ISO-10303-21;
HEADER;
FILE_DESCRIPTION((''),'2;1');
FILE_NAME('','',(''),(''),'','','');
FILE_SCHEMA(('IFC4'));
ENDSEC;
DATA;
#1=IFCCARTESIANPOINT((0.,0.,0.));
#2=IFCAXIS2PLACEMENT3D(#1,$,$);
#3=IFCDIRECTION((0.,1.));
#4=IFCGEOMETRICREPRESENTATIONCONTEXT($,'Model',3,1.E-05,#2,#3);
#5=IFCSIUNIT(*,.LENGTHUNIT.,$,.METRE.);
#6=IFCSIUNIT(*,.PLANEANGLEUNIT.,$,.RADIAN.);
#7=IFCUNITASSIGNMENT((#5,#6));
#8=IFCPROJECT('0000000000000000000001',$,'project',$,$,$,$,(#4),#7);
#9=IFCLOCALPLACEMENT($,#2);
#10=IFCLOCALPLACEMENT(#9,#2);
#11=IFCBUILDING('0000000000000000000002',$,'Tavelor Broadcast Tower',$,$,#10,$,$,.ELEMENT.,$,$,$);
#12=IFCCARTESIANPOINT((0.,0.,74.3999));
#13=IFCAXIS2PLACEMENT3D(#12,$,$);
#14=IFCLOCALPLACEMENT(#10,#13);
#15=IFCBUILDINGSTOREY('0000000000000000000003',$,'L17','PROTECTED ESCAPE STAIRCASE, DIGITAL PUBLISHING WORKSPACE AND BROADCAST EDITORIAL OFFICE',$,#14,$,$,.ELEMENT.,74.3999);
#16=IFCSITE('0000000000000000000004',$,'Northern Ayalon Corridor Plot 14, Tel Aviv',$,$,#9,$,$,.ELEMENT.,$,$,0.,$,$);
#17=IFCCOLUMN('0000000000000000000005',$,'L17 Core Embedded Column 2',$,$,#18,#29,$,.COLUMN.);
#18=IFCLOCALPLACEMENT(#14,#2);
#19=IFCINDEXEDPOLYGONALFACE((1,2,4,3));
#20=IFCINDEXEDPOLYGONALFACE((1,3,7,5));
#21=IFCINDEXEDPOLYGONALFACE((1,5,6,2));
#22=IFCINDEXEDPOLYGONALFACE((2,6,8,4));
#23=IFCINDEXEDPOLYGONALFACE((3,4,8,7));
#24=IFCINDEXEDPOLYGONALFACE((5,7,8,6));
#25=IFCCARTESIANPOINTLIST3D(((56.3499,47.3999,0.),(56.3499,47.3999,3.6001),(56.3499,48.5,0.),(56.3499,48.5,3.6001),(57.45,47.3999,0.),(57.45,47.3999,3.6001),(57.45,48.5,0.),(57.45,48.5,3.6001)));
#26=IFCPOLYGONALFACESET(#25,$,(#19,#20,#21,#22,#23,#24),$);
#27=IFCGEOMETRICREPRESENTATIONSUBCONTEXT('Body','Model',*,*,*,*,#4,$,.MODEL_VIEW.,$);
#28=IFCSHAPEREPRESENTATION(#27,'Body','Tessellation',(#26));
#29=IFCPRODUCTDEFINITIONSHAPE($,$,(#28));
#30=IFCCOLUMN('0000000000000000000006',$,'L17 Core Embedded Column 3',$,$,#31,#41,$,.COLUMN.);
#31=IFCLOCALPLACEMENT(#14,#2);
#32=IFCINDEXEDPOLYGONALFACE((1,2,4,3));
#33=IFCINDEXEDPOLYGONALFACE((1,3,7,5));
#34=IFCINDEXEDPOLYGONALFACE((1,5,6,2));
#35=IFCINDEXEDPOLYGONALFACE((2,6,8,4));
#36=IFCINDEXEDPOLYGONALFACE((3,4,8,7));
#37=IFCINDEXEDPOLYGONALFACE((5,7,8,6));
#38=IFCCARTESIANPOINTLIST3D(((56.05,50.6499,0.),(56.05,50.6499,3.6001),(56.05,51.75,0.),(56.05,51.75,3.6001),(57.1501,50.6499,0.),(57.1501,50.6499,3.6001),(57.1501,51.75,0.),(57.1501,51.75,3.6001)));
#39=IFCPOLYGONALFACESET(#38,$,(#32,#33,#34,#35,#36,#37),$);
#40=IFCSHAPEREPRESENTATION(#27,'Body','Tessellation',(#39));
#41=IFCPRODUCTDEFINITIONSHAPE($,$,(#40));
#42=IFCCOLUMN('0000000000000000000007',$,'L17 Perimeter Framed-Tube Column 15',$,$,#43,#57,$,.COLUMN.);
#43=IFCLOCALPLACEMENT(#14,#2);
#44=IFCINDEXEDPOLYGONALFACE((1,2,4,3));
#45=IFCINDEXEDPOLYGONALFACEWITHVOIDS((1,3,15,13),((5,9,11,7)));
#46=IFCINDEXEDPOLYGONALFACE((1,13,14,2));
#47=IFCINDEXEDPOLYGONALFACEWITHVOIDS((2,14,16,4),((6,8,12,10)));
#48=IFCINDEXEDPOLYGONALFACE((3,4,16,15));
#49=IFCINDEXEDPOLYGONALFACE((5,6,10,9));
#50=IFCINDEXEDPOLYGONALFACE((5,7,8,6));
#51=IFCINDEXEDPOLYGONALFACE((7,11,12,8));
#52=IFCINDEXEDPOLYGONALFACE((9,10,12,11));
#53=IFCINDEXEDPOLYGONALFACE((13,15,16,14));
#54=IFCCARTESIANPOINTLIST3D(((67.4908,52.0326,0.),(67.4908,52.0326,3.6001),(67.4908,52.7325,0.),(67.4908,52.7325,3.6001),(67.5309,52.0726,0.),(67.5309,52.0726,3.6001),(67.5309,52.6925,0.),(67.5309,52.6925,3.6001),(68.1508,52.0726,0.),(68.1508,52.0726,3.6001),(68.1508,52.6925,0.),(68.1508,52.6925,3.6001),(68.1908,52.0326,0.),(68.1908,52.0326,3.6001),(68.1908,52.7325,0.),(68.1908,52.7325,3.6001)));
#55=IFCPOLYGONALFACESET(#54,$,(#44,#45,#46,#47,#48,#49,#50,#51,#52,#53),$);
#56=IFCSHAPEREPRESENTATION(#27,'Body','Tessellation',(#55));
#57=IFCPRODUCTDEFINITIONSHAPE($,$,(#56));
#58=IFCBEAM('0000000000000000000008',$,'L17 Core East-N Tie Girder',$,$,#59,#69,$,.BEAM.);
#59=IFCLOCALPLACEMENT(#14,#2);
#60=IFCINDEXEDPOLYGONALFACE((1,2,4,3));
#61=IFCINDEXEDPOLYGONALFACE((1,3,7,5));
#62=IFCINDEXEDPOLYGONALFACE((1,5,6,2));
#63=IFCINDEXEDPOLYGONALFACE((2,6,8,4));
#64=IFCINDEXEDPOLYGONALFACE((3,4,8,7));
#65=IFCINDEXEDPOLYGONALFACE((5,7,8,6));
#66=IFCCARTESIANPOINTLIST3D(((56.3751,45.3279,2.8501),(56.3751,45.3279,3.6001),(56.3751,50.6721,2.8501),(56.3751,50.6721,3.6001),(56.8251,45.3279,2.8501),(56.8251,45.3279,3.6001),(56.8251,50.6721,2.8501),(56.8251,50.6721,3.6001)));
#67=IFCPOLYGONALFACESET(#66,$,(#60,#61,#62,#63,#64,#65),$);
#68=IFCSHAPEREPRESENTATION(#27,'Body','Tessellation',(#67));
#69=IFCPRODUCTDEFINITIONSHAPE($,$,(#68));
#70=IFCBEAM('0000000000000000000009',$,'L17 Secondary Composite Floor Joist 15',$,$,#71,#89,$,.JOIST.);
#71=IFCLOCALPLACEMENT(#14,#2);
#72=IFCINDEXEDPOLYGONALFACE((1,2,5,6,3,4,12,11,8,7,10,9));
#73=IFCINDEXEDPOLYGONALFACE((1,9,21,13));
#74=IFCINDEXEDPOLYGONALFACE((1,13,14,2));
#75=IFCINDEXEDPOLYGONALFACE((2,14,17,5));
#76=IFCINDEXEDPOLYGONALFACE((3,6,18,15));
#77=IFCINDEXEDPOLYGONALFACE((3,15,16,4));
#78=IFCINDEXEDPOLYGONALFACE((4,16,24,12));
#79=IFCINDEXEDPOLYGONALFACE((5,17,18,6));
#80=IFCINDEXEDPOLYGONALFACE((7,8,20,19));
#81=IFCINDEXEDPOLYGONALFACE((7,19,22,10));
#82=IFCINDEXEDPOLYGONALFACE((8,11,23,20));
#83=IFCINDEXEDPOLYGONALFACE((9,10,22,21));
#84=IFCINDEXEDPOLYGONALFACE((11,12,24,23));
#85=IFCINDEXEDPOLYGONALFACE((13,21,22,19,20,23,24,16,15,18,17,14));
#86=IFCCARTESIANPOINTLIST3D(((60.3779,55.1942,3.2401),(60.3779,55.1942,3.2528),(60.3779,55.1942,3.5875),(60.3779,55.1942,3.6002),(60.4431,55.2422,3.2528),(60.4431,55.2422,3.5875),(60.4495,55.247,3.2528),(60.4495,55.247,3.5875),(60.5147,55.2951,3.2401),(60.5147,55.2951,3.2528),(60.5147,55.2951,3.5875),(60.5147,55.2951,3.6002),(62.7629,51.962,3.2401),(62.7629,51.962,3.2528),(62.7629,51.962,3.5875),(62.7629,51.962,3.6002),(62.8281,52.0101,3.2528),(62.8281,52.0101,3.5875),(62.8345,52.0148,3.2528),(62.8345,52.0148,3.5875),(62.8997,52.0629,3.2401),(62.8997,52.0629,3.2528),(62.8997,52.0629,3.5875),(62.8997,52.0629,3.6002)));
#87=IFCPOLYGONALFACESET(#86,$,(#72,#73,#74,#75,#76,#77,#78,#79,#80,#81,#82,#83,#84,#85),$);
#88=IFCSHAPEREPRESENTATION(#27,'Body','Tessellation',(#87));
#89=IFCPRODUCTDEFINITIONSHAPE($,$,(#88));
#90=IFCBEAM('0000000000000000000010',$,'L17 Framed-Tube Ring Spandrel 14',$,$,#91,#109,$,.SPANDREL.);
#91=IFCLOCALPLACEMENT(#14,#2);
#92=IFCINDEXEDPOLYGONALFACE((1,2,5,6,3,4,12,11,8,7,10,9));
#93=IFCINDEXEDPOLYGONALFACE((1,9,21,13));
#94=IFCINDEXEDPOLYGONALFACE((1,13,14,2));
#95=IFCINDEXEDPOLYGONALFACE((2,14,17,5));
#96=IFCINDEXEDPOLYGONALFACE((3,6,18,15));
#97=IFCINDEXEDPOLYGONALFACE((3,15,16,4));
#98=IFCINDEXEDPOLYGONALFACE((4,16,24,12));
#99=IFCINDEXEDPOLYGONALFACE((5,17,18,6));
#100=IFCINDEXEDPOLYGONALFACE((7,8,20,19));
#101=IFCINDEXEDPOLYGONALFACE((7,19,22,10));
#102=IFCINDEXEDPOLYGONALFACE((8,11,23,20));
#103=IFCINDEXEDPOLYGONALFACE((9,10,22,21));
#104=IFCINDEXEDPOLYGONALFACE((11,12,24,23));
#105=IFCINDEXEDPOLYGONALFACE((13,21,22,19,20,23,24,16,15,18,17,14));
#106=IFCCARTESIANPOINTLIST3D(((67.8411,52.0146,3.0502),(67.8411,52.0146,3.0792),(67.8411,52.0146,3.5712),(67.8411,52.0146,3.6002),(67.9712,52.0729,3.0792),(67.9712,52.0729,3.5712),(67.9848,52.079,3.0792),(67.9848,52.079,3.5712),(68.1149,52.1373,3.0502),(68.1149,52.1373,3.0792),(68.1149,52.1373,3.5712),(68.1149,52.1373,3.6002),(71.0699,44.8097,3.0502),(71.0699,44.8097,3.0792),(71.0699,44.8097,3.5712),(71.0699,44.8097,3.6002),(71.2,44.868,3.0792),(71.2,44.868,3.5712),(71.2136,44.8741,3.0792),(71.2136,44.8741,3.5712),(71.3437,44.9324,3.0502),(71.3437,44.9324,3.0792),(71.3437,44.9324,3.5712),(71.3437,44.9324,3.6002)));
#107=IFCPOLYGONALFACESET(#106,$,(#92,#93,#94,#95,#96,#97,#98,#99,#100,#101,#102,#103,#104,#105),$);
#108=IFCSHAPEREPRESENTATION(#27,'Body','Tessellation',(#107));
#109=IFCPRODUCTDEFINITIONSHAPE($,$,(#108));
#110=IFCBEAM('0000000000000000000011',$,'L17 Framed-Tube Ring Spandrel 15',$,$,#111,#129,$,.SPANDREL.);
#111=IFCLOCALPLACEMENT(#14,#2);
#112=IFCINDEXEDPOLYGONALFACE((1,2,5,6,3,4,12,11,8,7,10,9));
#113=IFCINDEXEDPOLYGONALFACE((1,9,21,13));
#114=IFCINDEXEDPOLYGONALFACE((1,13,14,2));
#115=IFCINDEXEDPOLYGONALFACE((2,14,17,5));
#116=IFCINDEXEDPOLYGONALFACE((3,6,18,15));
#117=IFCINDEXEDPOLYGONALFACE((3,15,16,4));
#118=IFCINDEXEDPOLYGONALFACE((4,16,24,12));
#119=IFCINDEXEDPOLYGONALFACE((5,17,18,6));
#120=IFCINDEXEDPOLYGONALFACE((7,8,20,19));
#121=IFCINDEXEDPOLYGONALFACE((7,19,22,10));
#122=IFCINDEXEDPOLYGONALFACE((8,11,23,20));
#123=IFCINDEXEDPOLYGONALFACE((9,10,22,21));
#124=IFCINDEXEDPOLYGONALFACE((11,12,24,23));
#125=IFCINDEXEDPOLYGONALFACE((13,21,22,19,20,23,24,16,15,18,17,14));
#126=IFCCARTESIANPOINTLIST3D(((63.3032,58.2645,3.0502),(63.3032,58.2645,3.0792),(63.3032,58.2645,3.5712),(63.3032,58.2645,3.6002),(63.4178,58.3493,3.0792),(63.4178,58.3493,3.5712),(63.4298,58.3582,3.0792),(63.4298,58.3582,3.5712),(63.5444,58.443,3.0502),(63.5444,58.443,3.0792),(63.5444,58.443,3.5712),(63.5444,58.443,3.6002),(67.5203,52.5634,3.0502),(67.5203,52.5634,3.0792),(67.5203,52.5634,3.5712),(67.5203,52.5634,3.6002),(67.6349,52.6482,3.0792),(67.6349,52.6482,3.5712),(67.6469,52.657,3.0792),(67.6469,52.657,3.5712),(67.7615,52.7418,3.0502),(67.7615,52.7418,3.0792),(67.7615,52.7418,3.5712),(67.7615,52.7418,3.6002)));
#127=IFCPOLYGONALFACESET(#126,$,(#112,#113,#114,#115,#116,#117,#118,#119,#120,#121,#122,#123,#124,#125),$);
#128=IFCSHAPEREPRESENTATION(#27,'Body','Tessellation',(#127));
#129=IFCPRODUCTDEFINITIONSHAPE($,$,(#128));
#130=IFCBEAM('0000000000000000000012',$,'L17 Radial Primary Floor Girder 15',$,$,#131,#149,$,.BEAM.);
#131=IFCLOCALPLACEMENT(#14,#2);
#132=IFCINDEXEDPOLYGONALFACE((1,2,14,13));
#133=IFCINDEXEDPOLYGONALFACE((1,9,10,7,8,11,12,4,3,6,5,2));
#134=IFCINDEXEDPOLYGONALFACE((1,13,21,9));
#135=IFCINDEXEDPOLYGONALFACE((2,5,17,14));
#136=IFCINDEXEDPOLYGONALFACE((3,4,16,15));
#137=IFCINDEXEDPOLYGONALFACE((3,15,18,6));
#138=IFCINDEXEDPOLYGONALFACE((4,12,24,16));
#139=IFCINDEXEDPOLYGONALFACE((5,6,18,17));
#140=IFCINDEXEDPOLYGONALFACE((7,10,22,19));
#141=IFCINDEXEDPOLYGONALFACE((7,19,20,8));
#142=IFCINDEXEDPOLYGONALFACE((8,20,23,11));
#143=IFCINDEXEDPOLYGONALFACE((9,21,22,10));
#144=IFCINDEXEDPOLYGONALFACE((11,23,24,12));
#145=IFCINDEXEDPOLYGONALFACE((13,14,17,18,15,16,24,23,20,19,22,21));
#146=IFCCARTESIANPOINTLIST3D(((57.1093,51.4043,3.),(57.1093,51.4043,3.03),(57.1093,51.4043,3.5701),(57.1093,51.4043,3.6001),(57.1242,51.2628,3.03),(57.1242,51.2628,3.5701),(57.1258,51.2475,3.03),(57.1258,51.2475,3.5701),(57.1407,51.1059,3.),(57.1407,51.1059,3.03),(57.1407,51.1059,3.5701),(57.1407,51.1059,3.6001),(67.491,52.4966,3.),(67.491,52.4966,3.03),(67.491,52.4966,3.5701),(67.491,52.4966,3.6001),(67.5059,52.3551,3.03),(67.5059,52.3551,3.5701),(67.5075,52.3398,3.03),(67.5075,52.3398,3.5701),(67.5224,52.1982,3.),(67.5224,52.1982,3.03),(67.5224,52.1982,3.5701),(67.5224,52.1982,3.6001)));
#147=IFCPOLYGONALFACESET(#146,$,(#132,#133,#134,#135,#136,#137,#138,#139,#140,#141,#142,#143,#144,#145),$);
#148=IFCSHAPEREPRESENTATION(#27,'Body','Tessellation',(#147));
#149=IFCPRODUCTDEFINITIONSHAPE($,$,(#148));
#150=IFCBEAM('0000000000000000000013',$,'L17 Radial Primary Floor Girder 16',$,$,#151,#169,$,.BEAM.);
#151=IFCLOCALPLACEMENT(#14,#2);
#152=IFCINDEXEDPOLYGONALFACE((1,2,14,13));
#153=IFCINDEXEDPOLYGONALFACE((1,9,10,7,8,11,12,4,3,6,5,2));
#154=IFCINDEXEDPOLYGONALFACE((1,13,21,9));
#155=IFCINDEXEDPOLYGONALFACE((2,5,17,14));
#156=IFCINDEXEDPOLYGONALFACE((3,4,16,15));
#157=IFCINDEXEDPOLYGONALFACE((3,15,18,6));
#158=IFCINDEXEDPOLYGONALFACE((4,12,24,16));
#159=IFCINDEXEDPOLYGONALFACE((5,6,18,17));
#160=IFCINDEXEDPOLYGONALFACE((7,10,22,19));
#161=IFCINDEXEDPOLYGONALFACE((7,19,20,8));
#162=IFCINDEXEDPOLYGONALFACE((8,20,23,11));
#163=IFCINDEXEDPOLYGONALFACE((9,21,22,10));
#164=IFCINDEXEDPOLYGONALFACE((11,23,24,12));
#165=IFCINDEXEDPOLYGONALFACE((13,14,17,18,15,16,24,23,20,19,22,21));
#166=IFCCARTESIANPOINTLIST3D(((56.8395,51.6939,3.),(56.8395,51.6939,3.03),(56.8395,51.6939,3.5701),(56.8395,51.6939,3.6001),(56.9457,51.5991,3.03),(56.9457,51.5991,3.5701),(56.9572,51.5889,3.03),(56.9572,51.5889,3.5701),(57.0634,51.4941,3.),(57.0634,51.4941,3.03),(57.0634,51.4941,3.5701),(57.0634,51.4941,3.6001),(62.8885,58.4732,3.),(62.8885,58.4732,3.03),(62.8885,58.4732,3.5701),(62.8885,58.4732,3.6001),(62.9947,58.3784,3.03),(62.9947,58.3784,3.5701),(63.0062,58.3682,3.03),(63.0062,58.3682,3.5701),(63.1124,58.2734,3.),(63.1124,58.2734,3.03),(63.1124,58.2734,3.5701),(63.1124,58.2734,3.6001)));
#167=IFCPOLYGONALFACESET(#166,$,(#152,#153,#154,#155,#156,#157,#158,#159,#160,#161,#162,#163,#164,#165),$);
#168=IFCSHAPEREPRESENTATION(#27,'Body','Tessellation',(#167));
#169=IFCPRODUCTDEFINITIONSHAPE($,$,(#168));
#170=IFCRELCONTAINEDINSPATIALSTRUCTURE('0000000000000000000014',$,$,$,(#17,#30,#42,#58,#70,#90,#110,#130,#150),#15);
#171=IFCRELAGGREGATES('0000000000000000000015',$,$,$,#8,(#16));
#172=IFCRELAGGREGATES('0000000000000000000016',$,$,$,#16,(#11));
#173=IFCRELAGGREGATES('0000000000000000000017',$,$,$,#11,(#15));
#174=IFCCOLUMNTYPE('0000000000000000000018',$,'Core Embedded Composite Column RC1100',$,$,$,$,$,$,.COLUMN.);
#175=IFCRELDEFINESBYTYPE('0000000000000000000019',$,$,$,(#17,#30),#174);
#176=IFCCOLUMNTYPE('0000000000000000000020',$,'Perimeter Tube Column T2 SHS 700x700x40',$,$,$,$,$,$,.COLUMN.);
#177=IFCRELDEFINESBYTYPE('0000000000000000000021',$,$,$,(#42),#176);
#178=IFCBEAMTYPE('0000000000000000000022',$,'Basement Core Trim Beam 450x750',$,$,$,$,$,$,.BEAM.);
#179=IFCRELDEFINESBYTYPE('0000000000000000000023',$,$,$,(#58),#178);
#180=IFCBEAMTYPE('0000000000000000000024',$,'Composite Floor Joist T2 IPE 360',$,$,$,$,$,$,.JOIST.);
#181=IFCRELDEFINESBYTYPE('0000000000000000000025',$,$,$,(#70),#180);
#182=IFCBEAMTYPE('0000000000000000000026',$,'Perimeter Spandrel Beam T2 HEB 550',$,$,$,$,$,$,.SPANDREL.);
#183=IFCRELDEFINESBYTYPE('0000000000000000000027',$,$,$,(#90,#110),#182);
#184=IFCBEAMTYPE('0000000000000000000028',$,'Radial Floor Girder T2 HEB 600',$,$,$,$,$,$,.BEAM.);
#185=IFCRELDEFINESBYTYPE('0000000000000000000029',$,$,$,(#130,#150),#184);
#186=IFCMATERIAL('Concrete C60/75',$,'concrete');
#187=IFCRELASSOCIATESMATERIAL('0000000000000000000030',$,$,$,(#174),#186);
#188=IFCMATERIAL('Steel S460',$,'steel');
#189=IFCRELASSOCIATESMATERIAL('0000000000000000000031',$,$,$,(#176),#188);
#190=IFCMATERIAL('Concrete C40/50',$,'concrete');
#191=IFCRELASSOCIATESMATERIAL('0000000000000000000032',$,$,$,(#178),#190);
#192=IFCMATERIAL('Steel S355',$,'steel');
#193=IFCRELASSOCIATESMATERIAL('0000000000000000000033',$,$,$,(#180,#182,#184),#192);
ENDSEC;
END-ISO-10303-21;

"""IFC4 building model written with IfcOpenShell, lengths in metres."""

from ifc_helpers import new_model, si_unit, direction, frame, origin, origin_2d, place, context, subcontext, project, spatial, rectangle, hollow_rectangle, i_section, extrude, material, material_profile, profile_set, type_object, element, save


model = new_model("IFC4")

# Units and contexts
model_context = context("Model", 3, precision=1e-05, world=origin(), true_north=direction((0.0, 1.0)))
body_context = subcontext(model_context, "Body", "Model", "MODEL_VIEW")
ifc_project = project(units=[si_unit("LENGTHUNIT", "METRE"), si_unit("PLANEANGLEUNIT", "RADIAN")], contexts=[model_context])

# Site, building, storey
site_placement = place(None, origin())
site = spatial("IfcSite", under=ifc_project, at=site_placement, Name="Northern Ayalon Corridor Plot 14, Tel Aviv", CompositionType="ELEMENT", RefElevation=0.0)
building_placement = place(site_placement, origin())
building = spatial("IfcBuilding", under=site, at=building_placement, Name="Tavelor Broadcast Tower", CompositionType="ELEMENT")
storey_placement = place(building_placement, frame((0.0, 0.0, 74.3999)))
storey = spatial("IfcBuildingStorey", under=building, at=storey_placement, Name="L17", Description="PROTECTED ESCAPE STAIRCASE, DIGITAL PUBLISHING WORKSPACE AND BROADCAST EDITORIAL OFFICE", CompositionType="ELEMENT", Elevation=74.3999)

# Columns
ifc_material_1 = material(Name="Concrete C60/75", Category="concrete")
ifc_material_profile_1 = material_profile(ifc_material_1, rectangle(XDim=1.1001, YDim=1.1001, at=origin_2d()), Name="RC 1100x1100")
ifc_profile_set_1 = profile_set([ifc_material_profile_1], Name="Concrete C60/75")
column_type_1 = type_object("IfcColumnType", Name="Core Embedded Composite Column RC1100", PredefinedType="COLUMN", material=ifc_profile_set_1)
for number, where, z_axis, x_axis, name in (
    (1, (56.8999, 47.95, 0.0), (0.0, 0.0, 1.0), (1.0, 0.0, 0.0), "L17 Core Embedded Column 2"),
    (2, (56.6001, 51.2, 0.0), (0.0, 0.0, 1.0), (1.0, 0.0, 0.0), "L17 Core Embedded Column 3"),
):
    element("IfcColumn", number, at=place(storey_placement, frame(where, z_axis=z_axis, x_axis=x_axis)), inside=storey, type_object=column_type_1, Name=name, PredefinedType="COLUMN", context=body_context, shape_type="SweptSolid", body=[
        extrude(rectangle(XDim=1.1001, YDim=1.1001, at=origin_2d()), origin(), (0.0, 0.0, 1.0), 3.6001),
    ])
ifc_material_2 = material(Name="Steel S460", Category="steel")
ifc_material_profile_2 = material_profile(ifc_material_2, hollow_rectangle(XDim=0.7, YDim=0.7, WallThickness=0.04, at=origin_2d()), Name="SHS 700x700x40")
ifc_profile_set_2 = profile_set([ifc_material_profile_2], Name="Steel S460")
column_type_2 = type_object("IfcColumnType", Name="Perimeter Tube Column T2 SHS 700x700x40", PredefinedType="COLUMN", material=ifc_profile_set_2)
column_placement = place(storey_placement, frame((67.8408, 52.3826, 0.0), z_axis=(0.0, 0.0, 1.0), x_axis=(1.0, 0.0, 0.0)))
element("IfcColumn", 3, at=column_placement, inside=storey, type_object=column_type_2, Name="L17 Perimeter Framed-Tube Column 15", PredefinedType="COLUMN", context=body_context, shape_type="SweptSolid", body=[
    extrude(hollow_rectangle(XDim=0.7, YDim=0.7, WallThickness=0.04, at=origin_2d()), origin(), (0.0, 0.0, 1.0), 3.6001),
])

# Beams
ifc_material_3 = material(Name="Concrete C40/50", Category="concrete")
ifc_material_profile_3 = material_profile(ifc_material_3, rectangle(XDim=0.45, YDim=0.75, at=origin_2d()), Name="RC 450x750")
ifc_profile_set_3 = profile_set([ifc_material_profile_3], Name="Concrete C40/50")
beam_type_1 = type_object("IfcBeamType", Name="Basement Core Trim Beam 450x750", PredefinedType="BEAM", material=ifc_profile_set_3)
beam_1_placement = place(storey_placement, frame((56.6001, 45.3279, 3.2251), z_axis=(0.0, 1.0, 0.0), x_axis=(-1.0, 0.0, 0.0)))
element("IfcBeam", 4, at=beam_1_placement, inside=storey, type_object=beam_type_1, Name="L17 Core East-N Tie Girder", PredefinedType="BEAM", context=body_context, shape_type="SweptSolid", body=[
    extrude(rectangle(XDim=0.45, YDim=0.75, at=origin_2d()), origin(), (0.0, 0.0, 1.0), 5.3442),
])
ifc_material_4 = material(Name="Steel S355", Category="steel")
ifc_material_profile_4 = material_profile(ifc_material_4, i_section(OverallWidth=0.1699, OverallDepth=0.3601, WebThickness=0.0081, FlangeThickness=0.0127, at=origin_2d()), Name="IPE 360")
ifc_profile_set_4 = profile_set([ifc_material_profile_4], Name="Steel S355")
beam_type_2 = type_object("IfcBeamType", Name="Composite Floor Joist T2 IPE 360", PredefinedType="JOIST", material=ifc_profile_set_4)
beam_2_placement = place(storey_placement, frame((62.8313, 52.0125, 3.4202), z_axis=(-0.593748, 0.804651, 0.0), x_axis=(-0.804651, -0.593748, 0.0)))
element("IfcBeam", 5, at=beam_2_placement, inside=storey, type_object=beam_type_2, Name="L17 Secondary Composite Floor Joist 15", PredefinedType="JOIST", context=body_context, shape_type="SweptSolid", body=[
    extrude(i_section(OverallWidth=0.1699, OverallDepth=0.3601, WebThickness=0.0081, FlangeThickness=0.0127, at=origin_2d()), origin(), (0.0, 0.0, 1.0), 4.0168),
])
ifc_material_profile_5 = material_profile(ifc_material_4, i_section(OverallWidth=0.3, OverallDepth=0.55, WebThickness=0.0149, FlangeThickness=0.0291, at=origin_2d()), Name="HEB 550")
ifc_profile_set_5 = profile_set([ifc_material_profile_5], Name="Steel S355")
beam_type_3 = type_object("IfcBeamType", Name="Perimeter Spandrel Beam T2 HEB 550", PredefinedType="SPANDREL", material=ifc_profile_set_5)
beam_3_placement = place(storey_placement, frame((71.2068, 44.8711, 3.3252), z_axis=(-0.408951, 0.912556, 0.0), x_axis=(-0.912556, -0.408951, 0.0)))
element("IfcBeam", 6, at=beam_3_placement, inside=storey, type_object=beam_type_3, Name="L17 Framed-Tube Ring Spandrel 14", PredefinedType="SPANDREL", context=body_context, shape_type="SweptSolid", body=[
    extrude(i_section(OverallWidth=0.3, OverallDepth=0.55, WebThickness=0.0149, FlangeThickness=0.0291, at=origin_2d()), origin(), (0.0, 0.0, 1.0), 7.8953),
])
beam_4_placement = place(storey_placement, frame((67.6409, 52.6526, 3.3252), z_axis=(-0.594677, 0.803965, 0.0), x_axis=(-0.803965, -0.594677, 0.0)))
element("IfcBeam", 7, at=beam_4_placement, inside=storey, type_object=beam_type_3, Name="L17 Framed-Tube Ring Spandrel 15", PredefinedType="SPANDREL", context=body_context, shape_type="SweptSolid", body=[
    extrude(i_section(OverallWidth=0.3, OverallDepth=0.55, WebThickness=0.0149, FlangeThickness=0.0291, at=origin_2d()), origin(), (0.0, 0.0, 1.0), 7.0913),
])
ifc_material_profile_6 = material_profile(ifc_material_4, i_section(OverallWidth=0.3, OverallDepth=0.6001, WebThickness=0.0154, FlangeThickness=0.03, at=origin_2d()), Name="HEB 600")
ifc_profile_set_6 = profile_set([ifc_material_profile_6], Name="Steel S355")
beam_type_4 = type_object("IfcBeamType", Name="Radial Floor Girder T2 HEB 600", PredefinedType="BEAM", material=ifc_profile_set_6)
beam_5_placement = place(storey_placement, frame((57.125, 51.2551, 3.3), z_axis=(0.994511, 0.104636, 0.0), x_axis=(-0.104636, 0.994511, 0.0)))
element("IfcBeam", 8, at=beam_5_placement, inside=storey, type_object=beam_type_4, Name="L17 Radial Primary Floor Girder 15", PredefinedType="BEAM", context=body_context, shape_type="SweptSolid", body=[
    extrude(i_section(OverallWidth=0.3, OverallDepth=0.6001, WebThickness=0.0154, FlangeThickness=0.03, at=origin_2d()), origin(), (0.0, 0.0, 1.0), 10.439),
])
beam_6_placement = place(storey_placement, frame((56.9514, 51.594, 3.3), z_axis=(0.665779, 0.746149, 0.0), x_axis=(-0.746149, 0.665779, 0.0)))
element("IfcBeam", 9, at=beam_6_placement, inside=storey, type_object=beam_type_4, Name="L17 Radial Primary Floor Girder 16", PredefinedType="BEAM", context=body_context, shape_type="SweptSolid", body=[
    extrude(i_section(OverallWidth=0.3, OverallDepth=0.6001, WebThickness=0.0154, FlangeThickness=0.03, at=origin_2d()), origin(), (0.0, 0.0, 1.0), 9.0857),
])

save(model, "model.ifc")
